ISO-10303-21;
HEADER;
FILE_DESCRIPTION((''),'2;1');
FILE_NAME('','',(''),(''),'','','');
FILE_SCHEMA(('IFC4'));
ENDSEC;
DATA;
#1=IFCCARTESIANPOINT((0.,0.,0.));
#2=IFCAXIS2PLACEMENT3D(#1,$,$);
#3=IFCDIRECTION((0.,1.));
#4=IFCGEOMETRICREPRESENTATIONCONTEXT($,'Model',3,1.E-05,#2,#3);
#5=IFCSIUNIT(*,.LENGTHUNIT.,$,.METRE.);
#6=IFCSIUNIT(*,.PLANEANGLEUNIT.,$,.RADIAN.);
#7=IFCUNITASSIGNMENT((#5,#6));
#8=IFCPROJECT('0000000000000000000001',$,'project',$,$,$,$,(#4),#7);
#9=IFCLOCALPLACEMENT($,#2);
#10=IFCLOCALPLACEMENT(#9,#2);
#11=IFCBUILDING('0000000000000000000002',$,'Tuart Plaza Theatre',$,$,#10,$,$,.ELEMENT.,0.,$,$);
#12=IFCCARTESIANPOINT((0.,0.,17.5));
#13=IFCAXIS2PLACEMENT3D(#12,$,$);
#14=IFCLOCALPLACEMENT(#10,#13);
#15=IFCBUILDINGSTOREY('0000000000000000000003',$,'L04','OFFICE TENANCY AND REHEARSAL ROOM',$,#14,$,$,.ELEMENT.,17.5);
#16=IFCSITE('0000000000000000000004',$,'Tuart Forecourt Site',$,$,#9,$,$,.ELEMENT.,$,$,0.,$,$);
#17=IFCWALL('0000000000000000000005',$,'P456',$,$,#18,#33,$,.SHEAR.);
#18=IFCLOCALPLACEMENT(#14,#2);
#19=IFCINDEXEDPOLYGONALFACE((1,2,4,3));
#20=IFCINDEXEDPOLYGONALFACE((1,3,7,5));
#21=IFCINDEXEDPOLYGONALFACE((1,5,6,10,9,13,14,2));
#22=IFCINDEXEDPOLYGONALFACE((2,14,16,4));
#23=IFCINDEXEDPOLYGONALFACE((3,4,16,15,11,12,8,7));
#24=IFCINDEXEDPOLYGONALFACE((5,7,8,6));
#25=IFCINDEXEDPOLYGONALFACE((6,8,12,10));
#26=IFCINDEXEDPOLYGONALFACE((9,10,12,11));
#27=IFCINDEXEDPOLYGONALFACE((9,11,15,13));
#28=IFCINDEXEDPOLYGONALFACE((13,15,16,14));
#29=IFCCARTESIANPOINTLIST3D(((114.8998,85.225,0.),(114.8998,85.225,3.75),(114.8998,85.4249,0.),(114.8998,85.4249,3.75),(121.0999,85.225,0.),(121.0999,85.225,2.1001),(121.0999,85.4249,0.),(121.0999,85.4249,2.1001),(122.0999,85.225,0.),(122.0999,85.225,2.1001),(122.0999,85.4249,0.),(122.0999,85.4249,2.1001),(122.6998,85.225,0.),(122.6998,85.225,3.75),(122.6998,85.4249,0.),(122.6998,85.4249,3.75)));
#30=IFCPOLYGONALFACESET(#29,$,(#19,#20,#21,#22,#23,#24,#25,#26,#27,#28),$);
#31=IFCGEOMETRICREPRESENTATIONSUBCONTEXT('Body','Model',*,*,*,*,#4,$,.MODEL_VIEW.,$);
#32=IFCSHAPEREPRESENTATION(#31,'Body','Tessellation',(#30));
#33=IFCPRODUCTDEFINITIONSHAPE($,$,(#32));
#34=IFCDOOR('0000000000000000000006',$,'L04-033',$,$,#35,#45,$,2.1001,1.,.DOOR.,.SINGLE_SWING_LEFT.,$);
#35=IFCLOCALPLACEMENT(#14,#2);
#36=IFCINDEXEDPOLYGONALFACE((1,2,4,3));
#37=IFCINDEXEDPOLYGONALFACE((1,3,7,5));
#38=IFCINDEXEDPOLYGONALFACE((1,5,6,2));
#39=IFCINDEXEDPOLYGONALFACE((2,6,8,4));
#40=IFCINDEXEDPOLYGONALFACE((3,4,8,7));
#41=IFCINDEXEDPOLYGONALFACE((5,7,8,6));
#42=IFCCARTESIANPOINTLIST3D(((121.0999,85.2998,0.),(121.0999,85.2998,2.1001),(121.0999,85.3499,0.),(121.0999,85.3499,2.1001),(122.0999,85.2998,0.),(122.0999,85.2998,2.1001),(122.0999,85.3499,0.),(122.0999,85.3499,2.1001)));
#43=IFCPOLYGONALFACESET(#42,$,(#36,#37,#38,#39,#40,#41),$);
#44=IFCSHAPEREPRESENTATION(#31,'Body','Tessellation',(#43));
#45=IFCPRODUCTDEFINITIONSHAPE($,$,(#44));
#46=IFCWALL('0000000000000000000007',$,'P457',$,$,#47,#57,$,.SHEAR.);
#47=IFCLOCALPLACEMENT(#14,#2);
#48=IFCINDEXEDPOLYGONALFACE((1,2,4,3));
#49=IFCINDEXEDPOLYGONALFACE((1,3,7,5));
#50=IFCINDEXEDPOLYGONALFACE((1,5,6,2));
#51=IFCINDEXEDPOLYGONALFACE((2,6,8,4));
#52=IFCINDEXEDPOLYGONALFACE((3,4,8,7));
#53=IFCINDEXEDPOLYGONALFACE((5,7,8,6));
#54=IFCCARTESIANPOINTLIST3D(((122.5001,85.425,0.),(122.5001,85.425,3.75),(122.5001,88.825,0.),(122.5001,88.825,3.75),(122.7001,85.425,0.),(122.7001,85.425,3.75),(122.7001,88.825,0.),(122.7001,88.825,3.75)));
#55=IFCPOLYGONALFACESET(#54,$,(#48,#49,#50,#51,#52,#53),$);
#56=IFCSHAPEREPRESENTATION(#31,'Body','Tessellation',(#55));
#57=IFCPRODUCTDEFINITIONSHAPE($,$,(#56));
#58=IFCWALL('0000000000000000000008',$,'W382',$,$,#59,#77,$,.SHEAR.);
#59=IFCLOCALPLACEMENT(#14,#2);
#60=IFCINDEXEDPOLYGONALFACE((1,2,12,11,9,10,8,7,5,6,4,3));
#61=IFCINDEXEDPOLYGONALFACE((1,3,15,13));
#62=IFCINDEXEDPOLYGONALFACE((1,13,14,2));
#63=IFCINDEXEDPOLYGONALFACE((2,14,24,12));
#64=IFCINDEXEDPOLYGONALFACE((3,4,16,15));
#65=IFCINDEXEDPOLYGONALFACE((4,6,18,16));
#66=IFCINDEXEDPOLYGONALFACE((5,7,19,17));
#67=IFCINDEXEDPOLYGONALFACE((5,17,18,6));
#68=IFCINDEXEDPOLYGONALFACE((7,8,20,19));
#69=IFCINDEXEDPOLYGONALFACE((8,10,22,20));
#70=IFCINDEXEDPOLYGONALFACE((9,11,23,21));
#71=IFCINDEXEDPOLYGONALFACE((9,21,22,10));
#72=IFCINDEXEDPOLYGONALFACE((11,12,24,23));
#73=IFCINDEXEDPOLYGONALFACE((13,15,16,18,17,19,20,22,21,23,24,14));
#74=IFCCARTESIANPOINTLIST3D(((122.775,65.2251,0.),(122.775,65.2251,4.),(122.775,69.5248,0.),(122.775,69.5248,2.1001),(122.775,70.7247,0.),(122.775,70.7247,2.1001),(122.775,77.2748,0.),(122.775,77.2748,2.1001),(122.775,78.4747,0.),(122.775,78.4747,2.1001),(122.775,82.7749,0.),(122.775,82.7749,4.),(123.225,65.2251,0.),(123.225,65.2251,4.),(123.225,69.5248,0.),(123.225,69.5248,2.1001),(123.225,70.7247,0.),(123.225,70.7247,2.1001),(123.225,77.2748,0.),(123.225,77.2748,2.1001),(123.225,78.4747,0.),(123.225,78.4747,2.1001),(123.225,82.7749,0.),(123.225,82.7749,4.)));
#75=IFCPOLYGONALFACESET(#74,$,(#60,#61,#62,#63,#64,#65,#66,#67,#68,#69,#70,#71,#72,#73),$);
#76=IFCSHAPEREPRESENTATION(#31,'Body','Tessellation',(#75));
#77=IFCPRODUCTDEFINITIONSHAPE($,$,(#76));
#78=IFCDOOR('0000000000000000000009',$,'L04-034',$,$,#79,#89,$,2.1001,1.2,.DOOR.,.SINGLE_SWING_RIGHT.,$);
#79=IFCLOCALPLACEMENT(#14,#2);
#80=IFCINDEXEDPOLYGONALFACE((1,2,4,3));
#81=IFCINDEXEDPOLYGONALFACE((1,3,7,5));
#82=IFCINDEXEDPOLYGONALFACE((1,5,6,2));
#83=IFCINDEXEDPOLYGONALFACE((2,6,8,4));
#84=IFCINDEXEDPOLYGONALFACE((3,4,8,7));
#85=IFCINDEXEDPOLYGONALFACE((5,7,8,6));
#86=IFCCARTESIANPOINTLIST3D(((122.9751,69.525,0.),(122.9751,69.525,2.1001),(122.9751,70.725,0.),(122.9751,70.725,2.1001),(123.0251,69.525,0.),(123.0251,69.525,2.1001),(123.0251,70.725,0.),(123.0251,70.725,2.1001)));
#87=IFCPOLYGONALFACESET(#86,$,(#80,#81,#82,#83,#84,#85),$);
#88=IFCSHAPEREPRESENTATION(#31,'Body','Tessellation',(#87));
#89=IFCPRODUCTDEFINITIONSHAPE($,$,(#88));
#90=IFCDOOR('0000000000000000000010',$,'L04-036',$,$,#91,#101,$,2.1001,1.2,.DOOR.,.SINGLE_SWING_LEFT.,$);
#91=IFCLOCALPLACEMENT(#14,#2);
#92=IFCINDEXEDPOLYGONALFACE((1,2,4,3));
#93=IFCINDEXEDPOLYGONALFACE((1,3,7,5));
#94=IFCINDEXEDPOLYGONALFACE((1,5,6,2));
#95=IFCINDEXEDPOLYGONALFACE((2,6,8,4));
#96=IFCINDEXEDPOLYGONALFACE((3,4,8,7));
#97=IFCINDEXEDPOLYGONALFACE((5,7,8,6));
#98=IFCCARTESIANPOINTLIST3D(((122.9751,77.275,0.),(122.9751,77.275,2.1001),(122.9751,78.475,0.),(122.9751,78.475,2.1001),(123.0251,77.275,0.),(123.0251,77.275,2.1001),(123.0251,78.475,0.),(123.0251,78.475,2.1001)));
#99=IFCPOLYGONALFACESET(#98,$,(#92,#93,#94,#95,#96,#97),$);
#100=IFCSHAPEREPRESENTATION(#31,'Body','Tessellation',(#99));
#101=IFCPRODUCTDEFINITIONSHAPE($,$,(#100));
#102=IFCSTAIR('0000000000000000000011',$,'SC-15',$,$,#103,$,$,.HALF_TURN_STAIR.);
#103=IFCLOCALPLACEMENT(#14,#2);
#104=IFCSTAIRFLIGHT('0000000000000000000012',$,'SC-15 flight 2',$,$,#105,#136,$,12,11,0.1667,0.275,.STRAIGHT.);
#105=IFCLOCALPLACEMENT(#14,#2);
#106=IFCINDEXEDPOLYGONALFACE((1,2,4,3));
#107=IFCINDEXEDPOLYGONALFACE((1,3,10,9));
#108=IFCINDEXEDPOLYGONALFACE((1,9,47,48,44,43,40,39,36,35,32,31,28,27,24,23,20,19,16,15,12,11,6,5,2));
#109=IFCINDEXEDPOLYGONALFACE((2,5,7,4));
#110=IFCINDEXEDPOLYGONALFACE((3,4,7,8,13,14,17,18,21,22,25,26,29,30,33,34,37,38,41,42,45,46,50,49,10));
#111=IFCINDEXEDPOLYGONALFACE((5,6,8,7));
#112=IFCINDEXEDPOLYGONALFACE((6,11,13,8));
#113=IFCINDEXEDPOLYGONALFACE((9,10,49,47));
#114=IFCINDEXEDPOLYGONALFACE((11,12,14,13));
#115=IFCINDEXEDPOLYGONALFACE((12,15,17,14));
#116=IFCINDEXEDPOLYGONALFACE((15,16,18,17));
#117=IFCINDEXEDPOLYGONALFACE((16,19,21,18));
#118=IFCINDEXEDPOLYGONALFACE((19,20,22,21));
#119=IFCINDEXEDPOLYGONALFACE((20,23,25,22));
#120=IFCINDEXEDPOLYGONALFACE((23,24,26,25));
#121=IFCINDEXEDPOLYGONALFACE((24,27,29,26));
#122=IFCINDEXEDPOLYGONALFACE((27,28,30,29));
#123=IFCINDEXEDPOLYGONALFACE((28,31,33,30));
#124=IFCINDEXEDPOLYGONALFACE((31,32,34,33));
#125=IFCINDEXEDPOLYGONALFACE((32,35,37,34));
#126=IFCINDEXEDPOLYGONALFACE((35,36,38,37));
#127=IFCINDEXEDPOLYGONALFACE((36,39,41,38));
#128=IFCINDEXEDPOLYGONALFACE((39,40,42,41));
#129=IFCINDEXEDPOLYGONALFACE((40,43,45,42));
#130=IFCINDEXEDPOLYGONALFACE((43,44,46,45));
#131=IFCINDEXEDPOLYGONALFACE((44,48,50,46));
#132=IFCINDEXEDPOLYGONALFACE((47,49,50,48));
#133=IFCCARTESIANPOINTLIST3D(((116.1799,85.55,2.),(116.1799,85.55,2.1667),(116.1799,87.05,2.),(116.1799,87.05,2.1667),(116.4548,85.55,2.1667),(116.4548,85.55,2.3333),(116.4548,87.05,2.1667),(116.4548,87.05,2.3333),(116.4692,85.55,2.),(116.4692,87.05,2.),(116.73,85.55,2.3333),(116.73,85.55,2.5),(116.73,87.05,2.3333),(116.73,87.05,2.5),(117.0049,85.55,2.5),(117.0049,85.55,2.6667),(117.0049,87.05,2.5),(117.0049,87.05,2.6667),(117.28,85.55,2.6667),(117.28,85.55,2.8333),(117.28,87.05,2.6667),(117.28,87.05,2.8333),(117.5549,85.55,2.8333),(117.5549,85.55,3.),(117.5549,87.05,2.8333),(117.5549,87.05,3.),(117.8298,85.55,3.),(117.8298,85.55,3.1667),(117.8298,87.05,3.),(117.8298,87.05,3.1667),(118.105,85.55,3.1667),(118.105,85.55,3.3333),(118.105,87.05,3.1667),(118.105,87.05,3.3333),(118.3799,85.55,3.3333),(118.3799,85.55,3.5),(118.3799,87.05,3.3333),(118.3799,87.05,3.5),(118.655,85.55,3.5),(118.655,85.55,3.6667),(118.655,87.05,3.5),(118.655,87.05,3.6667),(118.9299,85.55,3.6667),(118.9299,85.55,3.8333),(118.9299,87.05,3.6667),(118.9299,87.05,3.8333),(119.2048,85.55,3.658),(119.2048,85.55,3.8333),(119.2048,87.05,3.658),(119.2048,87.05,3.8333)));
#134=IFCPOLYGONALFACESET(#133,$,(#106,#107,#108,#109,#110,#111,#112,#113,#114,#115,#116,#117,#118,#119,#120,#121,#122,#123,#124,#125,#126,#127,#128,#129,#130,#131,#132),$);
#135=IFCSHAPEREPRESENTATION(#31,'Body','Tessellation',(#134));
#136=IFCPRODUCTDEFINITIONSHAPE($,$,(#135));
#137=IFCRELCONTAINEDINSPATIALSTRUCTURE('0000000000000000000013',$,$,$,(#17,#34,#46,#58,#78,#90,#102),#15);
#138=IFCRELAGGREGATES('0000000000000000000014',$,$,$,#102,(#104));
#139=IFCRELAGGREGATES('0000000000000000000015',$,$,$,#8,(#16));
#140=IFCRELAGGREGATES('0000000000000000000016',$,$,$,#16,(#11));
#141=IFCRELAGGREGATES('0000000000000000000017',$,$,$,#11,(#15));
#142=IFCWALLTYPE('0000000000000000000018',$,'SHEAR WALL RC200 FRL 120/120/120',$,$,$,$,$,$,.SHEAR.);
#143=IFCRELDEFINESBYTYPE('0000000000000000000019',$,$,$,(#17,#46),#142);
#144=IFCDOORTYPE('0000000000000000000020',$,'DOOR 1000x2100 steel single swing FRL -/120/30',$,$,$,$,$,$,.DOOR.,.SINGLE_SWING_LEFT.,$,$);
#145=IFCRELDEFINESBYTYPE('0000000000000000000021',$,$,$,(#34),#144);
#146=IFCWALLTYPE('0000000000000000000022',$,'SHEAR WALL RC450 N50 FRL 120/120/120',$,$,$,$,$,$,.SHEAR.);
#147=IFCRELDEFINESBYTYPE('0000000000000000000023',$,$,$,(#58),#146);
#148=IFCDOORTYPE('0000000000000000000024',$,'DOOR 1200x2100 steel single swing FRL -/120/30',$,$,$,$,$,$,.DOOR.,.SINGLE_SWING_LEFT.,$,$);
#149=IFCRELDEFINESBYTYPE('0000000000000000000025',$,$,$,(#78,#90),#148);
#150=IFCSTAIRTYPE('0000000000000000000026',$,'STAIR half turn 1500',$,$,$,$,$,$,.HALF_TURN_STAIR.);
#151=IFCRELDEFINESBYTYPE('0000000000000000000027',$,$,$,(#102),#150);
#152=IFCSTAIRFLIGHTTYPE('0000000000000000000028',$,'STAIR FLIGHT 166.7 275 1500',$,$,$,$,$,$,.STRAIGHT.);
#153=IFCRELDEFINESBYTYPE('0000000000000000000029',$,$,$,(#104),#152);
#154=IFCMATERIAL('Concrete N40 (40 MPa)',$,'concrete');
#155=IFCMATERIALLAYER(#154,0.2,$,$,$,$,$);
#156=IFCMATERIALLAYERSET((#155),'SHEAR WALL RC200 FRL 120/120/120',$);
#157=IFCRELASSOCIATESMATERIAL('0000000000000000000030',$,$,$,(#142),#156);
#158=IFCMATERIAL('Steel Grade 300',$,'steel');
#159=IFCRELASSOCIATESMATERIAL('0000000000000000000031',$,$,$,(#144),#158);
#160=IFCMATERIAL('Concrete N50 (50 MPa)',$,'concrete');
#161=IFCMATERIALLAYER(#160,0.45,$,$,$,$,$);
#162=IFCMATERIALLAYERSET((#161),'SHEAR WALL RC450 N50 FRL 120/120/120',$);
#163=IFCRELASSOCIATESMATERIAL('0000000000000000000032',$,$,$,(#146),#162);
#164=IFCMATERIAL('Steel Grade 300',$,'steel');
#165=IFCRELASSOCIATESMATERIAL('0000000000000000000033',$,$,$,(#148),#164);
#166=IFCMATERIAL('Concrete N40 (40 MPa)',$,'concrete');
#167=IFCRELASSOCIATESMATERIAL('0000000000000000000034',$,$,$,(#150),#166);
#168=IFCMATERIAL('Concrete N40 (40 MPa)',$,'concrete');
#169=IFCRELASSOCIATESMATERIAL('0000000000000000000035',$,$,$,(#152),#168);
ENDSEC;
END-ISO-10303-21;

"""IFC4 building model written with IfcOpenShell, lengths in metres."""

from ifc_helpers import new_model, si_unit, direction, frame, frame_2d, origin, place, context, subcontext, project, spatial, polyline, rectangle, outline, extrude, material, layer, layer_set, type_object, element, fill, aggregate, save


model = new_model("IFC4")

# Units and contexts
model_context = context("Model", 3, precision=1e-05, world=origin(), true_north=direction((0.0, 1.0)))
body_context = subcontext(model_context, "Body", "Model", "MODEL_VIEW")
ifc_project = project(units=[si_unit("LENGTHUNIT", "METRE"), si_unit("PLANEANGLEUNIT", "RADIAN")], contexts=[model_context])

# Site, building, storey
site_placement = place(None, origin())
site = spatial("IfcSite", under=ifc_project, at=site_placement, Name="Tuart Forecourt Site", CompositionType="ELEMENT", RefElevation=0.0)
building_placement = place(site_placement, origin())
building = spatial("IfcBuilding", under=site, at=building_placement, Name="Tuart Plaza Theatre", CompositionType="ELEMENT", ElevationOfRefHeight=0.0)
storey_placement = place(building_placement, frame((0.0, 0.0, 17.5)))
storey = spatial("IfcBuildingStorey", under=building, at=storey_placement, Name="L04", Description="OFFICE TENANCY AND REHEARSAL ROOM", CompositionType="ELEMENT", Elevation=17.5)

# Wall, opening, door
ifc_material_1 = material(Name="Concrete N40 (40 MPa)", Category="concrete")
ifc_layer_1 = layer(ifc_material_1, 0.2)
ifc_layer_set_1 = layer_set([ifc_layer_1], Name="SHEAR WALL RC200 FRL 120/120/120")
wall_type_1 = type_object("IfcWallType", Name="SHEAR WALL RC200 FRL 120/120/120", PredefinedType="SHEAR", material=ifc_layer_set_1)
wall_1_placement = place(storey_placement, frame((114.8999, 85.325, 0.0), z_axis=(0.0, 0.0, 1.0), x_axis=(1.0, 0.0, 0.0)))
wall_1 = element("IfcWall", 1, at=wall_1_placement, inside=storey, type_object=wall_type_1, Name="P456", PredefinedType="SHEAR", context=body_context, shape_type="SweptSolid", body=[
    extrude(rectangle(XDim=7.8, YDim=0.2, at=frame_2d((3.8999, 0.0))), origin(), (0.0, 0.0, 1.0), 3.75),
])
opening_1_placement = place(wall_1_placement, frame((6.2, 0.0, 0.0)))
opening_1 = element("IfcOpeningElement", 2, at=opening_1_placement, cuts=wall_1, PredefinedType="OPENING", context=body_context, shape_type="SweptSolid", body=[
    extrude(rectangle(XDim=1.0, YDim=2.1001, at=frame_2d((0.5, 1.05))), frame((0.0, 0.1099, 0.0), z_axis=(0.0, -1.0, 0.0), x_axis=(1.0, 0.0, 0.0)), (0.0, 0.0, 1.0), 0.22),
])
ifc_material_2 = material(Name="Steel Grade 300", Category="steel")
door_type_1 = type_object("IfcDoorType", Name="DOOR 1000x2100 steel single swing FRL -/120/30", OperationType="SINGLE_SWING_LEFT", PredefinedType="DOOR", material=ifc_material_2)
door_1_placement = place(opening_1_placement, origin())
door_1 = element("IfcDoor", 3, at=door_1_placement, inside=storey, type_object=door_type_1, Name="L04-033", OperationType="SINGLE_SWING_LEFT", OverallHeight=2.1001, OverallWidth=1.0, PredefinedType="DOOR", context=body_context, shape_type="SweptSolid", body=[
    extrude(rectangle(XDim=1.0, YDim=2.1001, at=frame_2d((0.5, 1.05))), frame((0.0, 0.0249, 0.0), z_axis=(0.0, -1.0, 0.0), x_axis=(1.0, 0.0, 0.0)), (0.0, 0.0, 1.0), 0.05),
])
fill(opening_1, door_1)

# Wall
wall_2_placement = place(storey_placement, frame((122.6001, 85.425, 0.0), z_axis=(0.0, 0.0, 1.0), x_axis=(0.0, 1.0, 0.0)))
element("IfcWall", 4, at=wall_2_placement, inside=storey, type_object=wall_type_1, Name="P457", PredefinedType="SHEAR", context=body_context, shape_type="SweptSolid", body=[
    extrude(rectangle(XDim=3.3999, YDim=0.2, at=frame_2d((1.7, 0.0))), origin(), (0.0, 0.0, 1.0), 3.75),
])

# Wall, openings, doors
ifc_material_3 = material(Name="Concrete N50 (50 MPa)", Category="concrete")
ifc_layer_2 = layer(ifc_material_3, 0.45)
ifc_layer_set_2 = layer_set([ifc_layer_2], Name="SHEAR WALL RC450 N50 FRL 120/120/120")
wall_type_2 = type_object("IfcWallType", Name="SHEAR WALL RC450 N50 FRL 120/120/120", PredefinedType="SHEAR", material=ifc_layer_set_2)
wall_3_placement = place(storey_placement, frame((123.0, 82.7749, 0.0), z_axis=(0.0, 0.0, 1.0), x_axis=(0.0, -1.0, 0.0)))
wall_3 = element("IfcWall", 5, at=wall_3_placement, inside=storey, type_object=wall_type_2, Name="W382", PredefinedType="SHEAR", context=body_context, shape_type="SweptSolid", body=[
    extrude(rectangle(XDim=17.5498, YDim=0.45, at=frame_2d((8.7749, 0.0))), origin(), (0.0, 0.0, 1.0), 4.0),
])
opening_2_placement = place(wall_3_placement, frame((12.05, 0.0, 0.0)))
opening_2 = element("IfcOpeningElement", 6, at=opening_2_placement, cuts=wall_3, PredefinedType="OPENING", context=body_context, shape_type="SweptSolid", body=[
    extrude(rectangle(XDim=1.2, YDim=2.1001, at=frame_2d((0.6001, 1.05))), frame((0.0, 0.2349, 0.0), z_axis=(0.0, -1.0, 0.0), x_axis=(1.0, 0.0, 0.0)), (0.0, 0.0, 1.0), 0.47),
])
opening_3_placement = place(wall_3_placement, frame((4.3, 0.0, 0.0)))
opening_3 = element("IfcOpeningElement", 7, at=opening_3_placement, cuts=wall_3, PredefinedType="OPENING", context=body_context, shape_type="SweptSolid", body=[
    extrude(rectangle(XDim=1.2, YDim=2.1001, at=frame_2d((0.6001, 1.05))), frame((0.0, 0.2349, 0.0), z_axis=(0.0, -1.0, 0.0), x_axis=(1.0, 0.0, 0.0)), (0.0, 0.0, 1.0), 0.47),
])
ifc_material_4 = material(Name="Steel Grade 300", Category="steel")
door_type_2 = type_object("IfcDoorType", Name="DOOR 1200x2100 steel single swing FRL -/120/30", OperationType="SINGLE_SWING_LEFT", PredefinedType="DOOR", material=ifc_material_4)
door_2_placement = place(opening_2_placement, frame((1.2, 0.0, 0.0), z_axis=(0.0, 0.0, 1.0), x_axis=(-1.0, 0.0, 0.0)))
door_2 = element("IfcDoor", 8, at=door_2_placement, inside=storey, type_object=door_type_2, Name="L04-034", OperationType="SINGLE_SWING_RIGHT", OverallHeight=2.1001, OverallWidth=1.2, PredefinedType="DOOR", context=body_context, shape_type="SweptSolid", body=[
    extrude(rectangle(XDim=1.2, YDim=2.1001, at=frame_2d((0.6001, 1.05))), frame((0.0, 0.0249, 0.0), z_axis=(0.0, -1.0, 0.0), x_axis=(1.0, 0.0, 0.0)), (0.0, 0.0, 1.0), 0.05),
])
fill(opening_2, door_2)
door_3_placement = place(opening_3_placement, frame((1.2, 0.0, 0.0), z_axis=(0.0, 0.0, 1.0), x_axis=(-1.0, 0.0, 0.0)))
door_3 = element("IfcDoor", 9, at=door_3_placement, inside=storey, type_object=door_type_2, Name="L04-036", OperationType="SINGLE_SWING_LEFT", OverallHeight=2.1001, OverallWidth=1.2, PredefinedType="DOOR", context=body_context, shape_type="SweptSolid", body=[
    extrude(rectangle(XDim=1.2, YDim=2.1001, at=frame_2d((0.6001, 1.05))), frame((0.0, 0.0249, 0.0), z_axis=(0.0, -1.0, 0.0), x_axis=(1.0, 0.0, 0.0)), (0.0, 0.0, 1.0), 0.05),
])
fill(opening_3, door_3)

# Stair, stair flight
ifc_material_5 = material(Name="Concrete N40 (40 MPa)", Category="concrete")
stair_type = type_object("IfcStairType", Name="STAIR half turn 1500", PredefinedType="HALF_TURN_STAIR", material=ifc_material_5)
stair_placement = place(storey_placement, origin())
stair = element("IfcStair", 10, at=stair_placement, inside=storey, type_object=stair_type, Name="SC-15", PredefinedType="HALF_TURN_STAIR")
ifc_material_6 = material(Name="Concrete N40 (40 MPa)", Category="concrete")
stair_flight_type = type_object("IfcStairFlightType", Name="STAIR FLIGHT 166.7 275 1500", PredefinedType="STRAIGHT", material=ifc_material_6)
stair_flight_placement = place(storey_placement, frame((116.1799, 86.3, 2.0), z_axis=(0.0, 0.0, 1.0), x_axis=(1.0, 0.0, 0.0)))
stair_flight = element("IfcStairFlight", 11, at=stair_flight_placement, type_object=stair_flight_type, Name="SC-15 flight 2", NumberOfRisers=12, NumberOfTreads=11, PredefinedType="STRAIGHT", RiserHeight=0.1667, TreadLength=0.275, context=body_context, shape_type="SweptSolid", body=[
    extrude(outline(polyline([(0.0, 0.0), (0.0, 0.1667), (0.2749, 0.1667), (0.2749, 0.3333), (0.55, 0.3333), (0.55, 0.5), (0.825, 0.5), (0.825, 0.6667), (1.1001, 0.6667), (1.1001, 0.8333), (1.375, 0.8333), (1.375, 1.0), (1.6499, 1.0), (1.6499, 1.1667), (1.925, 1.1667), (1.925, 1.3333), (2.2, 1.3333), (2.2, 1.5), (2.4751, 1.5), (2.4751, 1.6667), (2.75, 1.6667), (2.75, 1.8333), (3.0249, 1.8333), (3.0249, 2.0), (3.0249, 1.658), (0.2893, 0.0), (0.0, 0.0)])), frame((0.0, 0.75, 0.0), z_axis=(0.0, -1.0, 0.0), x_axis=(1.0, 0.0, 0.0)), (0.0, 0.0, 1.0), 1.5),
])
aggregate(stair, [stair_flight])

save(model, "model.ifc")
